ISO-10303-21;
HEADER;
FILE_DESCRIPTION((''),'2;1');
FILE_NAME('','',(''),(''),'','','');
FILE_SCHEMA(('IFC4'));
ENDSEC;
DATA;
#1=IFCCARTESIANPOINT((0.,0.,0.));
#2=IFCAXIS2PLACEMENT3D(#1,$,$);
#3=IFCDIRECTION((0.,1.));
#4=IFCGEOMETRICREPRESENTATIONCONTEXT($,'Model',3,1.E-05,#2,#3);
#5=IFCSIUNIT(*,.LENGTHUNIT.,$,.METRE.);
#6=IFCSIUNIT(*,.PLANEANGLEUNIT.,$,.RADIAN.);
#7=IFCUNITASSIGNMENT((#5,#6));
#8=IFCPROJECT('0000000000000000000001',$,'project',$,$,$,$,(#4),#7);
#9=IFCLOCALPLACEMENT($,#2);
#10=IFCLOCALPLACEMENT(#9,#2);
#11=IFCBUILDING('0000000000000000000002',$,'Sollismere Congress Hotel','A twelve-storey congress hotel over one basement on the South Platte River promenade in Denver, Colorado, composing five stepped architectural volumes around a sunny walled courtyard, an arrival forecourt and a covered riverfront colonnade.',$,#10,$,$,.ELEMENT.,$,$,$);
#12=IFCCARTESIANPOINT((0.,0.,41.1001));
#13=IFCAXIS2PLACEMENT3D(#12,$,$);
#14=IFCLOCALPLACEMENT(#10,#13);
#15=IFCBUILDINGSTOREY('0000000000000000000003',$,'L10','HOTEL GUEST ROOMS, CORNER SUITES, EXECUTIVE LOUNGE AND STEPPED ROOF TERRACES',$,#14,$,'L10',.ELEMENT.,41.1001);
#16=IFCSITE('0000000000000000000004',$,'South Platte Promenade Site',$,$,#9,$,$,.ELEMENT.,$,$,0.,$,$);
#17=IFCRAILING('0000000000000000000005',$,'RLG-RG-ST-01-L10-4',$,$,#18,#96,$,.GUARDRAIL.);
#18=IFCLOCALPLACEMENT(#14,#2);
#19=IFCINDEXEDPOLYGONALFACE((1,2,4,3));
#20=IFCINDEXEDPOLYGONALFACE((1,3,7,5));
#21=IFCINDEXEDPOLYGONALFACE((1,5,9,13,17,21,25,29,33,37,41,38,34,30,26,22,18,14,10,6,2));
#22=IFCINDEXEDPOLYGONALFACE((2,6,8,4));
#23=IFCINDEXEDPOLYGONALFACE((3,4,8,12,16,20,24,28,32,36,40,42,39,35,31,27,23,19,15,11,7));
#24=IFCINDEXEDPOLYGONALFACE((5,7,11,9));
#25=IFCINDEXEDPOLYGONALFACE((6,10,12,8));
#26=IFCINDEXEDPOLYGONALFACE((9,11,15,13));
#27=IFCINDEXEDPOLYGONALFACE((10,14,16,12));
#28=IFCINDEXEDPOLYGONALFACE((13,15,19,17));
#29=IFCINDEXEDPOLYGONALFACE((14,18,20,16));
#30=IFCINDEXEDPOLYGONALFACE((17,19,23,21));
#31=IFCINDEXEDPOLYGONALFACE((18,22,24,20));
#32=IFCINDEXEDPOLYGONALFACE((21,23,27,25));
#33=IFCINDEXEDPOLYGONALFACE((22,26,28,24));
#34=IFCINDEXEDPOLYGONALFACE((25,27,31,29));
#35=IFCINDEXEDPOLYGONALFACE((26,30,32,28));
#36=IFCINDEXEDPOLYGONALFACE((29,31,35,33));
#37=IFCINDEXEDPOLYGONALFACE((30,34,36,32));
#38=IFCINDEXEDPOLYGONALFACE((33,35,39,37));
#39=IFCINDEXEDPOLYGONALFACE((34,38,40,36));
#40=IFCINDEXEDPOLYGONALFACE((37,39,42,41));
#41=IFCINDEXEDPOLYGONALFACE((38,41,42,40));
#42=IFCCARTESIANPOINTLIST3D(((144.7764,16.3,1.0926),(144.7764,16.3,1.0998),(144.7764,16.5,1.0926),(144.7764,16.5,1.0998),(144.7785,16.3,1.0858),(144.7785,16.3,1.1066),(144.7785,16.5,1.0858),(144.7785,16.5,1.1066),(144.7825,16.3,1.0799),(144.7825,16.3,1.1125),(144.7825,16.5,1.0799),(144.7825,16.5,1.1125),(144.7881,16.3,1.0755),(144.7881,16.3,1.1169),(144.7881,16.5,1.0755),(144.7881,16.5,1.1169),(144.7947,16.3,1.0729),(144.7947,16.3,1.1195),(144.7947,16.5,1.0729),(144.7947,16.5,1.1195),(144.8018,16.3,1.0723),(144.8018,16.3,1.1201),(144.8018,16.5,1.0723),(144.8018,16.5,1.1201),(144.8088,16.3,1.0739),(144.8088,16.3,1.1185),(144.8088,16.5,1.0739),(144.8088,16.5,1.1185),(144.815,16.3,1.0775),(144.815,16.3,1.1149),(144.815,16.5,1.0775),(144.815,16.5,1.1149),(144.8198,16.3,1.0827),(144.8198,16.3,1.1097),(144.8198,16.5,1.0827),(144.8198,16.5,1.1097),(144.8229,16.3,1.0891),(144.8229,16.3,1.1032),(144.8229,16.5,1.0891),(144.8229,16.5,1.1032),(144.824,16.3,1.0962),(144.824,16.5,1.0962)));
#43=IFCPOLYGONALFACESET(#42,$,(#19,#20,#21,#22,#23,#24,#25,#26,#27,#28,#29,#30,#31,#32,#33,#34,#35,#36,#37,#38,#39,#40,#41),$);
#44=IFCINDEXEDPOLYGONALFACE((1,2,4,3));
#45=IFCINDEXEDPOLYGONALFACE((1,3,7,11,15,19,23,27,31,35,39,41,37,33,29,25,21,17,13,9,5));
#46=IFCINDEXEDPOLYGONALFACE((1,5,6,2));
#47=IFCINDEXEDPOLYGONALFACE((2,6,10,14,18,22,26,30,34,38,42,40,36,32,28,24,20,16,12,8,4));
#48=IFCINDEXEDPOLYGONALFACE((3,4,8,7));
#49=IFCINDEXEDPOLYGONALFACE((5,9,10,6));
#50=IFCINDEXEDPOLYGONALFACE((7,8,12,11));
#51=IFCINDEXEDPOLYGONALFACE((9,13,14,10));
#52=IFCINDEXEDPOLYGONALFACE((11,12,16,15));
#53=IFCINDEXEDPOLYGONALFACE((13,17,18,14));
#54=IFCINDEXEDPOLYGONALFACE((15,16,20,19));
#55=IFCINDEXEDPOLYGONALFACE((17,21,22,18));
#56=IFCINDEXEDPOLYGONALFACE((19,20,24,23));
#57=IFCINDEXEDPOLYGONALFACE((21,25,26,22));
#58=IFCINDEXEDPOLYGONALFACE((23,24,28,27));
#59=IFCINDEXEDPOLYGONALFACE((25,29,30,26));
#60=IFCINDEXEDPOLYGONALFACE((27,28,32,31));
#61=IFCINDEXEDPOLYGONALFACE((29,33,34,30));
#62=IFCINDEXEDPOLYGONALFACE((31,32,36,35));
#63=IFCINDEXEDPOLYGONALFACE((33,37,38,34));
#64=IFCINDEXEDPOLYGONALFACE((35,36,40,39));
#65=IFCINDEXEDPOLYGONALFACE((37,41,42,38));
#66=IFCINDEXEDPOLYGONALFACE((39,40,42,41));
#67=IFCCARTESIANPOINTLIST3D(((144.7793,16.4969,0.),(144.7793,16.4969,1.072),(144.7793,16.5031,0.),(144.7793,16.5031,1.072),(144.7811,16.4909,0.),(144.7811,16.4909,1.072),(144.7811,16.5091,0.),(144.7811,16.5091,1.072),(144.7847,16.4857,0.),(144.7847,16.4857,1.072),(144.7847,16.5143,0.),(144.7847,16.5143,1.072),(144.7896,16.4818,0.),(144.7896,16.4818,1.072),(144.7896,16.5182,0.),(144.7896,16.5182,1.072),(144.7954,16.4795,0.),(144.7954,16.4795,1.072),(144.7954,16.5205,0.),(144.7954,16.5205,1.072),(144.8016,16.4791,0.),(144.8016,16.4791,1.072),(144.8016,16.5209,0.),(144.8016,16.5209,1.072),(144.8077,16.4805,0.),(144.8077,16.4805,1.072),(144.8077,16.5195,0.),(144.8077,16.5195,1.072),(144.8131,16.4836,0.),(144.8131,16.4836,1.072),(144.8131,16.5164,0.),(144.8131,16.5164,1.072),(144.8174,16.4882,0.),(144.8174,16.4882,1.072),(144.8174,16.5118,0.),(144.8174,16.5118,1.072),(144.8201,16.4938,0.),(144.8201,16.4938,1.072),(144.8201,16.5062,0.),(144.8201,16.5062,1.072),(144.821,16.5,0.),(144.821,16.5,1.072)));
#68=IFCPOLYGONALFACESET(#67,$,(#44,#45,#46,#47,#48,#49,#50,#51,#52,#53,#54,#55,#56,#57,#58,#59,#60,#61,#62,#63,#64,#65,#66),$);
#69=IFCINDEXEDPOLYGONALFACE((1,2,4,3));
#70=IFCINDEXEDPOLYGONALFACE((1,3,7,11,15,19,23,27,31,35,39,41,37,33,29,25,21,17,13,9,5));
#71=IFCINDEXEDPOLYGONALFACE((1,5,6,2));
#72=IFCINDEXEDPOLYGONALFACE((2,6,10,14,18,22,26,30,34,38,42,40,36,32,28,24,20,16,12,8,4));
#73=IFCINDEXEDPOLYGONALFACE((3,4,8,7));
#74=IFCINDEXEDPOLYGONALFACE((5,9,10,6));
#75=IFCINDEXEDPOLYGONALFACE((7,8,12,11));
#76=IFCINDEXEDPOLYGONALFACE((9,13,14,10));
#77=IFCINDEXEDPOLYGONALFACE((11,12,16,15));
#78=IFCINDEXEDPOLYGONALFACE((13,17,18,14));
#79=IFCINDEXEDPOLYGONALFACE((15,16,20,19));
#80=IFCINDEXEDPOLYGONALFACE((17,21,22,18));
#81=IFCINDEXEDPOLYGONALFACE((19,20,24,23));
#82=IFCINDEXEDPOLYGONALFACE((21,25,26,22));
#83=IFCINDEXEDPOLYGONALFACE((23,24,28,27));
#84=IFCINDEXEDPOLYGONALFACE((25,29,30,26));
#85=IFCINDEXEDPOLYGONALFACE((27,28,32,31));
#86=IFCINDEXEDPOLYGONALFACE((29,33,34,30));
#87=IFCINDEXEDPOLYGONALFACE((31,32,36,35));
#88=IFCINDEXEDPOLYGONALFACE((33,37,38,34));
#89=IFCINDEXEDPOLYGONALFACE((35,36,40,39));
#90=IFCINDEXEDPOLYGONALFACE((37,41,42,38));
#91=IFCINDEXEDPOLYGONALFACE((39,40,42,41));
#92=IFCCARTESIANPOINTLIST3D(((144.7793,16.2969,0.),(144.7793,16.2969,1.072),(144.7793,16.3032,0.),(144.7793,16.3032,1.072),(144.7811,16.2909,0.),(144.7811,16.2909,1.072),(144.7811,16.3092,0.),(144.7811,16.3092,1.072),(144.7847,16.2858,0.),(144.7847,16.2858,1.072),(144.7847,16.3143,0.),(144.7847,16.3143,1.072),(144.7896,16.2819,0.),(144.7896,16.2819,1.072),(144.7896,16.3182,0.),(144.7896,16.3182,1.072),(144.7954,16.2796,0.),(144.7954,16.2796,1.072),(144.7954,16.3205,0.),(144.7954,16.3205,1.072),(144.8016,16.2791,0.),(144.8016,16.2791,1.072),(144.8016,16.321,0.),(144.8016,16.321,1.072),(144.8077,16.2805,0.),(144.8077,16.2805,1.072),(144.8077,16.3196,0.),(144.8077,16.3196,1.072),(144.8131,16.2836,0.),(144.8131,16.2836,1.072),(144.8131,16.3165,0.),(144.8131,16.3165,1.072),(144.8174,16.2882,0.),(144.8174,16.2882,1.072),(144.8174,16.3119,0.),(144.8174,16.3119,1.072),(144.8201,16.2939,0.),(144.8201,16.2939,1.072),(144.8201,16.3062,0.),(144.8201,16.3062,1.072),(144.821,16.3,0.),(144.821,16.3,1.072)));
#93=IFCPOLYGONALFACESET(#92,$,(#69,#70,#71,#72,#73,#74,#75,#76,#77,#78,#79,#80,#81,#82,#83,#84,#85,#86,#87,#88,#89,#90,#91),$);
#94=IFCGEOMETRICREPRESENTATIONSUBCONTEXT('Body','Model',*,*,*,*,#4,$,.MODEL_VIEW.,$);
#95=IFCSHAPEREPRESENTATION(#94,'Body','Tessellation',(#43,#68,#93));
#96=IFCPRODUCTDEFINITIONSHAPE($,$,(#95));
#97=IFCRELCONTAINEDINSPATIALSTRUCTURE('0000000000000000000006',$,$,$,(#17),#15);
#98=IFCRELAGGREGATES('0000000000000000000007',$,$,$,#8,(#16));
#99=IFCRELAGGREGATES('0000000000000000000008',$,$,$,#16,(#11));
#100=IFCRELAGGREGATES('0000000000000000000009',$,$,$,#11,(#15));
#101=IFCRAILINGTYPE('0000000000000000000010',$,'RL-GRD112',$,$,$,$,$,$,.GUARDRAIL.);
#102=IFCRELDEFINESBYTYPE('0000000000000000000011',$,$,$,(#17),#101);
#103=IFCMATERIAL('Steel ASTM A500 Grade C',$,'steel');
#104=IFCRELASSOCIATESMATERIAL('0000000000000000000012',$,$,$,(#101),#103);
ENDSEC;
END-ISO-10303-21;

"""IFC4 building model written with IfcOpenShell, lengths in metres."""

from ifc_helpers import new_model, si_unit, direction, frame, origin, origin_2d, place, context, subcontext, project, spatial, circle, extrude, material, type_object, element, save


model = new_model("IFC4")

# Units and contexts
model_context = context("Model", 3, precision=1e-05, world=origin(), true_north=direction((0.0, 1.0)))
body_context = subcontext(model_context, "Body", "Model", "MODEL_VIEW")
ifc_project = project(units=[si_unit("LENGTHUNIT", "METRE"), si_unit("PLANEANGLEUNIT", "RADIAN")], contexts=[model_context])

# Site, building, storey
site_placement = place(None, origin())
site = spatial("IfcSite", under=ifc_project, at=site_placement, Name="South Platte Promenade Site", CompositionType="ELEMENT", RefElevation=0.0)
building_placement = place(site_placement, origin())
building = spatial("IfcBuilding", under=site, at=building_placement, Name="Sollismere Congress Hotel", Description="A twelve-storey congress hotel over one basement on the South Platte River promenade in Denver, Colorado, composing five stepped architectural volumes around a sunny walled courtyard, an arrival forecourt and a covered riverfront colonnade.", CompositionType="ELEMENT")
storey_placement = place(building_placement, frame((0.0, 0.0, 41.1001)))
storey = spatial("IfcBuildingStorey", under=building, at=storey_placement, Name="L10", Description="HOTEL GUEST ROOMS, CORNER SUITES, EXECUTIVE LOUNGE AND STEPPED ROOF TERRACES", LongName="L10", CompositionType="ELEMENT", Elevation=41.1001)

# Railing
ifc_material_1 = material(Name="Steel ASTM A500 Grade C", Category="steel")
railing_type_1 = type_object("IfcRailingType", Name="RL-GRD112", PredefinedType="GUARDRAIL", material=ifc_material_1)
railing_1_placement = place(storey_placement, frame((144.8, 16.5, 0.0)))
element("IfcRailing", 1, at=railing_1_placement, inside=storey, type_object=railing_type_1, Name="RLG-RG-ST-01-L10-4", PredefinedType="GUARDRAIL", context=body_context, shape_type="SweptSolid", body=[
    extrude(circle(Radius=0.0239, at=origin_2d()), frame((0.0, 0.0, 1.0962), z_axis=(0.0, -1.0, 0.0), x_axis=(1.0, 0.0, 0.0)), (0.0, 0.0, 1.0), 0.2),
    extrude(circle(Radius=0.021, at=origin_2d()), origin(), (0.0, 0.0, 1.0), 1.072),
    extrude(circle(Radius=0.021, at=origin_2d()), frame((0.0, -0.2, 0.0)), (0.0, 0.0, 1.0), 1.072),
])

save(model, "model.ifc")
